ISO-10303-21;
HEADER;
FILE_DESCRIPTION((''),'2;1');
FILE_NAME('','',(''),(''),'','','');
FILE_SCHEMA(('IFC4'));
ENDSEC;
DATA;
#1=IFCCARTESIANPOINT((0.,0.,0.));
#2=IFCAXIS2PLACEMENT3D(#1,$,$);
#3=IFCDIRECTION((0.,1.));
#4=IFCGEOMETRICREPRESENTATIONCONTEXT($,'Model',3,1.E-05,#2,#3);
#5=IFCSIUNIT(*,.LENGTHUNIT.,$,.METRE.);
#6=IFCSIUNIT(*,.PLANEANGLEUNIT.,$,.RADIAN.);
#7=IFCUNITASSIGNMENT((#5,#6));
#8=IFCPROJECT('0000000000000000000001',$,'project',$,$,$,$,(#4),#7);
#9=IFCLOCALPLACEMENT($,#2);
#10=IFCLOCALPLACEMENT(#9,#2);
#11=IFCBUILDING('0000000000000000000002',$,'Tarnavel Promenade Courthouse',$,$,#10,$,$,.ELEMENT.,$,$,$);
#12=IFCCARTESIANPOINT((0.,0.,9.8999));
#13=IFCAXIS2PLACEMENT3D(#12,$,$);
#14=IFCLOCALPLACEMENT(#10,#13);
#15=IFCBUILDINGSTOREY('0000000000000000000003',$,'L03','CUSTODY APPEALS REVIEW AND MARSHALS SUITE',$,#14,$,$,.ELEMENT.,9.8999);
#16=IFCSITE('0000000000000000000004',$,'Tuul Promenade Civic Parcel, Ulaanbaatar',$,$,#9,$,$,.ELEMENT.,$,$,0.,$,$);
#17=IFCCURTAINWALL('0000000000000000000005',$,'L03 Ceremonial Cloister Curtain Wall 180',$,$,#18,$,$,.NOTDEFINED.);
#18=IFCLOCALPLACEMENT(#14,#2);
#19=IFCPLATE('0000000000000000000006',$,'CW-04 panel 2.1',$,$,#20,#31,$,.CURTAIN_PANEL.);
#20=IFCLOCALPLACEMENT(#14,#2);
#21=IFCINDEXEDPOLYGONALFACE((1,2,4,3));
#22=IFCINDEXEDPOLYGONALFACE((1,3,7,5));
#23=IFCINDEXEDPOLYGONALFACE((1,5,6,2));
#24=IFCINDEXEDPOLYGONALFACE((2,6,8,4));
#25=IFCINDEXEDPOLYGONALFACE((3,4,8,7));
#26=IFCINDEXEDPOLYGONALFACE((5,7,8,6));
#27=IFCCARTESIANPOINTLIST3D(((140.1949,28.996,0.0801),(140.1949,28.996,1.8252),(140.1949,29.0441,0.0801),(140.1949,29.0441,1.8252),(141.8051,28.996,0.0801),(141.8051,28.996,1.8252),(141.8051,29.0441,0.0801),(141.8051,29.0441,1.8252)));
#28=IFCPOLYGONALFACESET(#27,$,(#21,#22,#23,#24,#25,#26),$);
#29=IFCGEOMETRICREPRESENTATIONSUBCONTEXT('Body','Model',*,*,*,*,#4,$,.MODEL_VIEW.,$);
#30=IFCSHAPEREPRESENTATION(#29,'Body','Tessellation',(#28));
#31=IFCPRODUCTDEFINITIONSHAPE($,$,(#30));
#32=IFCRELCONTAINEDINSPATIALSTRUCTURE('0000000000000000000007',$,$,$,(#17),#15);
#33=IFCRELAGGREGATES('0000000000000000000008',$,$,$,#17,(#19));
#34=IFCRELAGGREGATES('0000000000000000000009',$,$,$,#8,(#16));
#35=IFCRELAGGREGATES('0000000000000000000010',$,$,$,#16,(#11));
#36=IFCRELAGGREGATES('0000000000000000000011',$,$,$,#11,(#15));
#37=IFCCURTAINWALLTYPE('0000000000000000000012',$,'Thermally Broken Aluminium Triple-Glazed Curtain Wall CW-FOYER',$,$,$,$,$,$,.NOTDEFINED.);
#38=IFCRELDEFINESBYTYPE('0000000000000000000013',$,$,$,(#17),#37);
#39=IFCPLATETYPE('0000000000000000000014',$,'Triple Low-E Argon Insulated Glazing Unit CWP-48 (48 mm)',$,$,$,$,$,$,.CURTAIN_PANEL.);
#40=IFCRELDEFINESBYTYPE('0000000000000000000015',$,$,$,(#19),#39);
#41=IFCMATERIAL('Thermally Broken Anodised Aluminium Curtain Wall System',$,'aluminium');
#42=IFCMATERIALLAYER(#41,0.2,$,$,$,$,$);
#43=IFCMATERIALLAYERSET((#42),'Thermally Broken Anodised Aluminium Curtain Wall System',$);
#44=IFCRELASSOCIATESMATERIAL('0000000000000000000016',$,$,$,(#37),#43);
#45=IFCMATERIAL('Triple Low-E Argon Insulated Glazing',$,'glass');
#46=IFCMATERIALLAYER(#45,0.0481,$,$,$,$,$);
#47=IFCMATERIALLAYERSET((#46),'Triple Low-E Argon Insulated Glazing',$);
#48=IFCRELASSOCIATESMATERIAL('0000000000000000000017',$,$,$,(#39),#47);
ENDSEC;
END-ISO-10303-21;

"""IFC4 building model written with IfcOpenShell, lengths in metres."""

from ifc_helpers import new_model, si_unit, direction, frame, origin, origin_2d, place, context, subcontext, project, spatial, rectangle, extrude, material, layer, layer_set, type_object, element, aggregate, save


model = new_model("IFC4")

# Units and contexts
model_context = context("Model", 3, precision=1e-05, world=origin(), true_north=direction((0.0, 1.0)))
body_context = subcontext(model_context, "Body", "Model", "MODEL_VIEW")
ifc_project = project(units=[si_unit("LENGTHUNIT", "METRE"), si_unit("PLANEANGLEUNIT", "RADIAN")], contexts=[model_context])

# Site, building, storey
site_placement = place(None, origin())
site = spatial("IfcSite", under=ifc_project, at=site_placement, Name="Tuul Promenade Civic Parcel, Ulaanbaatar", CompositionType="ELEMENT", RefElevation=0.0)
building_placement = place(site_placement, origin())
building = spatial("IfcBuilding", under=site, at=building_placement, Name="Tarnavel Promenade Courthouse", CompositionType="ELEMENT")
storey_placement = place(building_placement, frame((0.0, 0.0, 9.8999)))
storey = spatial("IfcBuildingStorey", under=building, at=storey_placement, Name="L03", Description="CUSTODY APPEALS REVIEW AND MARSHALS SUITE", CompositionType="ELEMENT", Elevation=9.8999)

# Shared definitions
ifc_material_1 = material(Name="Thermally Broken Anodised Aluminium Curtain Wall System", Category="aluminium")
ifc_layer_1 = layer(ifc_material_1, 0.2)
ifc_layer_set_1 = layer_set([ifc_layer_1], Name="Thermally Broken Anodised Aluminium Curtain Wall System")
curtain_wall_type = type_object("IfcCurtainWallType", Name="Thermally Broken Aluminium Triple-Glazed Curtain Wall CW-FOYER", PredefinedType="NOTDEFINED", material=ifc_layer_set_1)

# Curtain wall
curtain_wall_1_placement = place(storey_placement, origin())
curtain_wall_1 = element("IfcCurtainWall", 1, at=curtain_wall_1_placement, inside=storey, type_object=curtain_wall_type, Name="L03 Ceremonial Cloister Curtain Wall 180", PredefinedType="NOTDEFINED")

# Plate
ifc_material_2 = material(Name="Triple Low-E Argon Insulated Glazing", Category="glass")
ifc_layer_2 = layer(ifc_material_2, 0.0481)
ifc_layer_set_2 = layer_set([ifc_layer_2], Name="Triple Low-E Argon Insulated Glazing")
plate_type = type_object("IfcPlateType", Name="Triple Low-E Argon Insulated Glazing Unit CWP-48 (48 mm)", PredefinedType="CURTAIN_PANEL", material=ifc_layer_set_2)
plate_1_placement = place(storey_placement, frame((141.0, 29.02, 0.0801), z_axis=(0.0, 0.0, 1.0), x_axis=(1.0, 0.0, 0.0)))
plate_1 = element("IfcPlate", 2, at=plate_1_placement, type_object=plate_type, Name="CW-04 panel 2.1", PredefinedType="CURTAIN_PANEL", context=body_context, shape_type="SweptSolid", body=[
    extrude(rectangle(XDim=1.6101, YDim=0.0481, at=origin_2d()), origin(), (0.0, 0.0, 1.0), 1.7451),
])
aggregate(curtain_wall_1, [plate_1])

save(model, "model.ifc")
